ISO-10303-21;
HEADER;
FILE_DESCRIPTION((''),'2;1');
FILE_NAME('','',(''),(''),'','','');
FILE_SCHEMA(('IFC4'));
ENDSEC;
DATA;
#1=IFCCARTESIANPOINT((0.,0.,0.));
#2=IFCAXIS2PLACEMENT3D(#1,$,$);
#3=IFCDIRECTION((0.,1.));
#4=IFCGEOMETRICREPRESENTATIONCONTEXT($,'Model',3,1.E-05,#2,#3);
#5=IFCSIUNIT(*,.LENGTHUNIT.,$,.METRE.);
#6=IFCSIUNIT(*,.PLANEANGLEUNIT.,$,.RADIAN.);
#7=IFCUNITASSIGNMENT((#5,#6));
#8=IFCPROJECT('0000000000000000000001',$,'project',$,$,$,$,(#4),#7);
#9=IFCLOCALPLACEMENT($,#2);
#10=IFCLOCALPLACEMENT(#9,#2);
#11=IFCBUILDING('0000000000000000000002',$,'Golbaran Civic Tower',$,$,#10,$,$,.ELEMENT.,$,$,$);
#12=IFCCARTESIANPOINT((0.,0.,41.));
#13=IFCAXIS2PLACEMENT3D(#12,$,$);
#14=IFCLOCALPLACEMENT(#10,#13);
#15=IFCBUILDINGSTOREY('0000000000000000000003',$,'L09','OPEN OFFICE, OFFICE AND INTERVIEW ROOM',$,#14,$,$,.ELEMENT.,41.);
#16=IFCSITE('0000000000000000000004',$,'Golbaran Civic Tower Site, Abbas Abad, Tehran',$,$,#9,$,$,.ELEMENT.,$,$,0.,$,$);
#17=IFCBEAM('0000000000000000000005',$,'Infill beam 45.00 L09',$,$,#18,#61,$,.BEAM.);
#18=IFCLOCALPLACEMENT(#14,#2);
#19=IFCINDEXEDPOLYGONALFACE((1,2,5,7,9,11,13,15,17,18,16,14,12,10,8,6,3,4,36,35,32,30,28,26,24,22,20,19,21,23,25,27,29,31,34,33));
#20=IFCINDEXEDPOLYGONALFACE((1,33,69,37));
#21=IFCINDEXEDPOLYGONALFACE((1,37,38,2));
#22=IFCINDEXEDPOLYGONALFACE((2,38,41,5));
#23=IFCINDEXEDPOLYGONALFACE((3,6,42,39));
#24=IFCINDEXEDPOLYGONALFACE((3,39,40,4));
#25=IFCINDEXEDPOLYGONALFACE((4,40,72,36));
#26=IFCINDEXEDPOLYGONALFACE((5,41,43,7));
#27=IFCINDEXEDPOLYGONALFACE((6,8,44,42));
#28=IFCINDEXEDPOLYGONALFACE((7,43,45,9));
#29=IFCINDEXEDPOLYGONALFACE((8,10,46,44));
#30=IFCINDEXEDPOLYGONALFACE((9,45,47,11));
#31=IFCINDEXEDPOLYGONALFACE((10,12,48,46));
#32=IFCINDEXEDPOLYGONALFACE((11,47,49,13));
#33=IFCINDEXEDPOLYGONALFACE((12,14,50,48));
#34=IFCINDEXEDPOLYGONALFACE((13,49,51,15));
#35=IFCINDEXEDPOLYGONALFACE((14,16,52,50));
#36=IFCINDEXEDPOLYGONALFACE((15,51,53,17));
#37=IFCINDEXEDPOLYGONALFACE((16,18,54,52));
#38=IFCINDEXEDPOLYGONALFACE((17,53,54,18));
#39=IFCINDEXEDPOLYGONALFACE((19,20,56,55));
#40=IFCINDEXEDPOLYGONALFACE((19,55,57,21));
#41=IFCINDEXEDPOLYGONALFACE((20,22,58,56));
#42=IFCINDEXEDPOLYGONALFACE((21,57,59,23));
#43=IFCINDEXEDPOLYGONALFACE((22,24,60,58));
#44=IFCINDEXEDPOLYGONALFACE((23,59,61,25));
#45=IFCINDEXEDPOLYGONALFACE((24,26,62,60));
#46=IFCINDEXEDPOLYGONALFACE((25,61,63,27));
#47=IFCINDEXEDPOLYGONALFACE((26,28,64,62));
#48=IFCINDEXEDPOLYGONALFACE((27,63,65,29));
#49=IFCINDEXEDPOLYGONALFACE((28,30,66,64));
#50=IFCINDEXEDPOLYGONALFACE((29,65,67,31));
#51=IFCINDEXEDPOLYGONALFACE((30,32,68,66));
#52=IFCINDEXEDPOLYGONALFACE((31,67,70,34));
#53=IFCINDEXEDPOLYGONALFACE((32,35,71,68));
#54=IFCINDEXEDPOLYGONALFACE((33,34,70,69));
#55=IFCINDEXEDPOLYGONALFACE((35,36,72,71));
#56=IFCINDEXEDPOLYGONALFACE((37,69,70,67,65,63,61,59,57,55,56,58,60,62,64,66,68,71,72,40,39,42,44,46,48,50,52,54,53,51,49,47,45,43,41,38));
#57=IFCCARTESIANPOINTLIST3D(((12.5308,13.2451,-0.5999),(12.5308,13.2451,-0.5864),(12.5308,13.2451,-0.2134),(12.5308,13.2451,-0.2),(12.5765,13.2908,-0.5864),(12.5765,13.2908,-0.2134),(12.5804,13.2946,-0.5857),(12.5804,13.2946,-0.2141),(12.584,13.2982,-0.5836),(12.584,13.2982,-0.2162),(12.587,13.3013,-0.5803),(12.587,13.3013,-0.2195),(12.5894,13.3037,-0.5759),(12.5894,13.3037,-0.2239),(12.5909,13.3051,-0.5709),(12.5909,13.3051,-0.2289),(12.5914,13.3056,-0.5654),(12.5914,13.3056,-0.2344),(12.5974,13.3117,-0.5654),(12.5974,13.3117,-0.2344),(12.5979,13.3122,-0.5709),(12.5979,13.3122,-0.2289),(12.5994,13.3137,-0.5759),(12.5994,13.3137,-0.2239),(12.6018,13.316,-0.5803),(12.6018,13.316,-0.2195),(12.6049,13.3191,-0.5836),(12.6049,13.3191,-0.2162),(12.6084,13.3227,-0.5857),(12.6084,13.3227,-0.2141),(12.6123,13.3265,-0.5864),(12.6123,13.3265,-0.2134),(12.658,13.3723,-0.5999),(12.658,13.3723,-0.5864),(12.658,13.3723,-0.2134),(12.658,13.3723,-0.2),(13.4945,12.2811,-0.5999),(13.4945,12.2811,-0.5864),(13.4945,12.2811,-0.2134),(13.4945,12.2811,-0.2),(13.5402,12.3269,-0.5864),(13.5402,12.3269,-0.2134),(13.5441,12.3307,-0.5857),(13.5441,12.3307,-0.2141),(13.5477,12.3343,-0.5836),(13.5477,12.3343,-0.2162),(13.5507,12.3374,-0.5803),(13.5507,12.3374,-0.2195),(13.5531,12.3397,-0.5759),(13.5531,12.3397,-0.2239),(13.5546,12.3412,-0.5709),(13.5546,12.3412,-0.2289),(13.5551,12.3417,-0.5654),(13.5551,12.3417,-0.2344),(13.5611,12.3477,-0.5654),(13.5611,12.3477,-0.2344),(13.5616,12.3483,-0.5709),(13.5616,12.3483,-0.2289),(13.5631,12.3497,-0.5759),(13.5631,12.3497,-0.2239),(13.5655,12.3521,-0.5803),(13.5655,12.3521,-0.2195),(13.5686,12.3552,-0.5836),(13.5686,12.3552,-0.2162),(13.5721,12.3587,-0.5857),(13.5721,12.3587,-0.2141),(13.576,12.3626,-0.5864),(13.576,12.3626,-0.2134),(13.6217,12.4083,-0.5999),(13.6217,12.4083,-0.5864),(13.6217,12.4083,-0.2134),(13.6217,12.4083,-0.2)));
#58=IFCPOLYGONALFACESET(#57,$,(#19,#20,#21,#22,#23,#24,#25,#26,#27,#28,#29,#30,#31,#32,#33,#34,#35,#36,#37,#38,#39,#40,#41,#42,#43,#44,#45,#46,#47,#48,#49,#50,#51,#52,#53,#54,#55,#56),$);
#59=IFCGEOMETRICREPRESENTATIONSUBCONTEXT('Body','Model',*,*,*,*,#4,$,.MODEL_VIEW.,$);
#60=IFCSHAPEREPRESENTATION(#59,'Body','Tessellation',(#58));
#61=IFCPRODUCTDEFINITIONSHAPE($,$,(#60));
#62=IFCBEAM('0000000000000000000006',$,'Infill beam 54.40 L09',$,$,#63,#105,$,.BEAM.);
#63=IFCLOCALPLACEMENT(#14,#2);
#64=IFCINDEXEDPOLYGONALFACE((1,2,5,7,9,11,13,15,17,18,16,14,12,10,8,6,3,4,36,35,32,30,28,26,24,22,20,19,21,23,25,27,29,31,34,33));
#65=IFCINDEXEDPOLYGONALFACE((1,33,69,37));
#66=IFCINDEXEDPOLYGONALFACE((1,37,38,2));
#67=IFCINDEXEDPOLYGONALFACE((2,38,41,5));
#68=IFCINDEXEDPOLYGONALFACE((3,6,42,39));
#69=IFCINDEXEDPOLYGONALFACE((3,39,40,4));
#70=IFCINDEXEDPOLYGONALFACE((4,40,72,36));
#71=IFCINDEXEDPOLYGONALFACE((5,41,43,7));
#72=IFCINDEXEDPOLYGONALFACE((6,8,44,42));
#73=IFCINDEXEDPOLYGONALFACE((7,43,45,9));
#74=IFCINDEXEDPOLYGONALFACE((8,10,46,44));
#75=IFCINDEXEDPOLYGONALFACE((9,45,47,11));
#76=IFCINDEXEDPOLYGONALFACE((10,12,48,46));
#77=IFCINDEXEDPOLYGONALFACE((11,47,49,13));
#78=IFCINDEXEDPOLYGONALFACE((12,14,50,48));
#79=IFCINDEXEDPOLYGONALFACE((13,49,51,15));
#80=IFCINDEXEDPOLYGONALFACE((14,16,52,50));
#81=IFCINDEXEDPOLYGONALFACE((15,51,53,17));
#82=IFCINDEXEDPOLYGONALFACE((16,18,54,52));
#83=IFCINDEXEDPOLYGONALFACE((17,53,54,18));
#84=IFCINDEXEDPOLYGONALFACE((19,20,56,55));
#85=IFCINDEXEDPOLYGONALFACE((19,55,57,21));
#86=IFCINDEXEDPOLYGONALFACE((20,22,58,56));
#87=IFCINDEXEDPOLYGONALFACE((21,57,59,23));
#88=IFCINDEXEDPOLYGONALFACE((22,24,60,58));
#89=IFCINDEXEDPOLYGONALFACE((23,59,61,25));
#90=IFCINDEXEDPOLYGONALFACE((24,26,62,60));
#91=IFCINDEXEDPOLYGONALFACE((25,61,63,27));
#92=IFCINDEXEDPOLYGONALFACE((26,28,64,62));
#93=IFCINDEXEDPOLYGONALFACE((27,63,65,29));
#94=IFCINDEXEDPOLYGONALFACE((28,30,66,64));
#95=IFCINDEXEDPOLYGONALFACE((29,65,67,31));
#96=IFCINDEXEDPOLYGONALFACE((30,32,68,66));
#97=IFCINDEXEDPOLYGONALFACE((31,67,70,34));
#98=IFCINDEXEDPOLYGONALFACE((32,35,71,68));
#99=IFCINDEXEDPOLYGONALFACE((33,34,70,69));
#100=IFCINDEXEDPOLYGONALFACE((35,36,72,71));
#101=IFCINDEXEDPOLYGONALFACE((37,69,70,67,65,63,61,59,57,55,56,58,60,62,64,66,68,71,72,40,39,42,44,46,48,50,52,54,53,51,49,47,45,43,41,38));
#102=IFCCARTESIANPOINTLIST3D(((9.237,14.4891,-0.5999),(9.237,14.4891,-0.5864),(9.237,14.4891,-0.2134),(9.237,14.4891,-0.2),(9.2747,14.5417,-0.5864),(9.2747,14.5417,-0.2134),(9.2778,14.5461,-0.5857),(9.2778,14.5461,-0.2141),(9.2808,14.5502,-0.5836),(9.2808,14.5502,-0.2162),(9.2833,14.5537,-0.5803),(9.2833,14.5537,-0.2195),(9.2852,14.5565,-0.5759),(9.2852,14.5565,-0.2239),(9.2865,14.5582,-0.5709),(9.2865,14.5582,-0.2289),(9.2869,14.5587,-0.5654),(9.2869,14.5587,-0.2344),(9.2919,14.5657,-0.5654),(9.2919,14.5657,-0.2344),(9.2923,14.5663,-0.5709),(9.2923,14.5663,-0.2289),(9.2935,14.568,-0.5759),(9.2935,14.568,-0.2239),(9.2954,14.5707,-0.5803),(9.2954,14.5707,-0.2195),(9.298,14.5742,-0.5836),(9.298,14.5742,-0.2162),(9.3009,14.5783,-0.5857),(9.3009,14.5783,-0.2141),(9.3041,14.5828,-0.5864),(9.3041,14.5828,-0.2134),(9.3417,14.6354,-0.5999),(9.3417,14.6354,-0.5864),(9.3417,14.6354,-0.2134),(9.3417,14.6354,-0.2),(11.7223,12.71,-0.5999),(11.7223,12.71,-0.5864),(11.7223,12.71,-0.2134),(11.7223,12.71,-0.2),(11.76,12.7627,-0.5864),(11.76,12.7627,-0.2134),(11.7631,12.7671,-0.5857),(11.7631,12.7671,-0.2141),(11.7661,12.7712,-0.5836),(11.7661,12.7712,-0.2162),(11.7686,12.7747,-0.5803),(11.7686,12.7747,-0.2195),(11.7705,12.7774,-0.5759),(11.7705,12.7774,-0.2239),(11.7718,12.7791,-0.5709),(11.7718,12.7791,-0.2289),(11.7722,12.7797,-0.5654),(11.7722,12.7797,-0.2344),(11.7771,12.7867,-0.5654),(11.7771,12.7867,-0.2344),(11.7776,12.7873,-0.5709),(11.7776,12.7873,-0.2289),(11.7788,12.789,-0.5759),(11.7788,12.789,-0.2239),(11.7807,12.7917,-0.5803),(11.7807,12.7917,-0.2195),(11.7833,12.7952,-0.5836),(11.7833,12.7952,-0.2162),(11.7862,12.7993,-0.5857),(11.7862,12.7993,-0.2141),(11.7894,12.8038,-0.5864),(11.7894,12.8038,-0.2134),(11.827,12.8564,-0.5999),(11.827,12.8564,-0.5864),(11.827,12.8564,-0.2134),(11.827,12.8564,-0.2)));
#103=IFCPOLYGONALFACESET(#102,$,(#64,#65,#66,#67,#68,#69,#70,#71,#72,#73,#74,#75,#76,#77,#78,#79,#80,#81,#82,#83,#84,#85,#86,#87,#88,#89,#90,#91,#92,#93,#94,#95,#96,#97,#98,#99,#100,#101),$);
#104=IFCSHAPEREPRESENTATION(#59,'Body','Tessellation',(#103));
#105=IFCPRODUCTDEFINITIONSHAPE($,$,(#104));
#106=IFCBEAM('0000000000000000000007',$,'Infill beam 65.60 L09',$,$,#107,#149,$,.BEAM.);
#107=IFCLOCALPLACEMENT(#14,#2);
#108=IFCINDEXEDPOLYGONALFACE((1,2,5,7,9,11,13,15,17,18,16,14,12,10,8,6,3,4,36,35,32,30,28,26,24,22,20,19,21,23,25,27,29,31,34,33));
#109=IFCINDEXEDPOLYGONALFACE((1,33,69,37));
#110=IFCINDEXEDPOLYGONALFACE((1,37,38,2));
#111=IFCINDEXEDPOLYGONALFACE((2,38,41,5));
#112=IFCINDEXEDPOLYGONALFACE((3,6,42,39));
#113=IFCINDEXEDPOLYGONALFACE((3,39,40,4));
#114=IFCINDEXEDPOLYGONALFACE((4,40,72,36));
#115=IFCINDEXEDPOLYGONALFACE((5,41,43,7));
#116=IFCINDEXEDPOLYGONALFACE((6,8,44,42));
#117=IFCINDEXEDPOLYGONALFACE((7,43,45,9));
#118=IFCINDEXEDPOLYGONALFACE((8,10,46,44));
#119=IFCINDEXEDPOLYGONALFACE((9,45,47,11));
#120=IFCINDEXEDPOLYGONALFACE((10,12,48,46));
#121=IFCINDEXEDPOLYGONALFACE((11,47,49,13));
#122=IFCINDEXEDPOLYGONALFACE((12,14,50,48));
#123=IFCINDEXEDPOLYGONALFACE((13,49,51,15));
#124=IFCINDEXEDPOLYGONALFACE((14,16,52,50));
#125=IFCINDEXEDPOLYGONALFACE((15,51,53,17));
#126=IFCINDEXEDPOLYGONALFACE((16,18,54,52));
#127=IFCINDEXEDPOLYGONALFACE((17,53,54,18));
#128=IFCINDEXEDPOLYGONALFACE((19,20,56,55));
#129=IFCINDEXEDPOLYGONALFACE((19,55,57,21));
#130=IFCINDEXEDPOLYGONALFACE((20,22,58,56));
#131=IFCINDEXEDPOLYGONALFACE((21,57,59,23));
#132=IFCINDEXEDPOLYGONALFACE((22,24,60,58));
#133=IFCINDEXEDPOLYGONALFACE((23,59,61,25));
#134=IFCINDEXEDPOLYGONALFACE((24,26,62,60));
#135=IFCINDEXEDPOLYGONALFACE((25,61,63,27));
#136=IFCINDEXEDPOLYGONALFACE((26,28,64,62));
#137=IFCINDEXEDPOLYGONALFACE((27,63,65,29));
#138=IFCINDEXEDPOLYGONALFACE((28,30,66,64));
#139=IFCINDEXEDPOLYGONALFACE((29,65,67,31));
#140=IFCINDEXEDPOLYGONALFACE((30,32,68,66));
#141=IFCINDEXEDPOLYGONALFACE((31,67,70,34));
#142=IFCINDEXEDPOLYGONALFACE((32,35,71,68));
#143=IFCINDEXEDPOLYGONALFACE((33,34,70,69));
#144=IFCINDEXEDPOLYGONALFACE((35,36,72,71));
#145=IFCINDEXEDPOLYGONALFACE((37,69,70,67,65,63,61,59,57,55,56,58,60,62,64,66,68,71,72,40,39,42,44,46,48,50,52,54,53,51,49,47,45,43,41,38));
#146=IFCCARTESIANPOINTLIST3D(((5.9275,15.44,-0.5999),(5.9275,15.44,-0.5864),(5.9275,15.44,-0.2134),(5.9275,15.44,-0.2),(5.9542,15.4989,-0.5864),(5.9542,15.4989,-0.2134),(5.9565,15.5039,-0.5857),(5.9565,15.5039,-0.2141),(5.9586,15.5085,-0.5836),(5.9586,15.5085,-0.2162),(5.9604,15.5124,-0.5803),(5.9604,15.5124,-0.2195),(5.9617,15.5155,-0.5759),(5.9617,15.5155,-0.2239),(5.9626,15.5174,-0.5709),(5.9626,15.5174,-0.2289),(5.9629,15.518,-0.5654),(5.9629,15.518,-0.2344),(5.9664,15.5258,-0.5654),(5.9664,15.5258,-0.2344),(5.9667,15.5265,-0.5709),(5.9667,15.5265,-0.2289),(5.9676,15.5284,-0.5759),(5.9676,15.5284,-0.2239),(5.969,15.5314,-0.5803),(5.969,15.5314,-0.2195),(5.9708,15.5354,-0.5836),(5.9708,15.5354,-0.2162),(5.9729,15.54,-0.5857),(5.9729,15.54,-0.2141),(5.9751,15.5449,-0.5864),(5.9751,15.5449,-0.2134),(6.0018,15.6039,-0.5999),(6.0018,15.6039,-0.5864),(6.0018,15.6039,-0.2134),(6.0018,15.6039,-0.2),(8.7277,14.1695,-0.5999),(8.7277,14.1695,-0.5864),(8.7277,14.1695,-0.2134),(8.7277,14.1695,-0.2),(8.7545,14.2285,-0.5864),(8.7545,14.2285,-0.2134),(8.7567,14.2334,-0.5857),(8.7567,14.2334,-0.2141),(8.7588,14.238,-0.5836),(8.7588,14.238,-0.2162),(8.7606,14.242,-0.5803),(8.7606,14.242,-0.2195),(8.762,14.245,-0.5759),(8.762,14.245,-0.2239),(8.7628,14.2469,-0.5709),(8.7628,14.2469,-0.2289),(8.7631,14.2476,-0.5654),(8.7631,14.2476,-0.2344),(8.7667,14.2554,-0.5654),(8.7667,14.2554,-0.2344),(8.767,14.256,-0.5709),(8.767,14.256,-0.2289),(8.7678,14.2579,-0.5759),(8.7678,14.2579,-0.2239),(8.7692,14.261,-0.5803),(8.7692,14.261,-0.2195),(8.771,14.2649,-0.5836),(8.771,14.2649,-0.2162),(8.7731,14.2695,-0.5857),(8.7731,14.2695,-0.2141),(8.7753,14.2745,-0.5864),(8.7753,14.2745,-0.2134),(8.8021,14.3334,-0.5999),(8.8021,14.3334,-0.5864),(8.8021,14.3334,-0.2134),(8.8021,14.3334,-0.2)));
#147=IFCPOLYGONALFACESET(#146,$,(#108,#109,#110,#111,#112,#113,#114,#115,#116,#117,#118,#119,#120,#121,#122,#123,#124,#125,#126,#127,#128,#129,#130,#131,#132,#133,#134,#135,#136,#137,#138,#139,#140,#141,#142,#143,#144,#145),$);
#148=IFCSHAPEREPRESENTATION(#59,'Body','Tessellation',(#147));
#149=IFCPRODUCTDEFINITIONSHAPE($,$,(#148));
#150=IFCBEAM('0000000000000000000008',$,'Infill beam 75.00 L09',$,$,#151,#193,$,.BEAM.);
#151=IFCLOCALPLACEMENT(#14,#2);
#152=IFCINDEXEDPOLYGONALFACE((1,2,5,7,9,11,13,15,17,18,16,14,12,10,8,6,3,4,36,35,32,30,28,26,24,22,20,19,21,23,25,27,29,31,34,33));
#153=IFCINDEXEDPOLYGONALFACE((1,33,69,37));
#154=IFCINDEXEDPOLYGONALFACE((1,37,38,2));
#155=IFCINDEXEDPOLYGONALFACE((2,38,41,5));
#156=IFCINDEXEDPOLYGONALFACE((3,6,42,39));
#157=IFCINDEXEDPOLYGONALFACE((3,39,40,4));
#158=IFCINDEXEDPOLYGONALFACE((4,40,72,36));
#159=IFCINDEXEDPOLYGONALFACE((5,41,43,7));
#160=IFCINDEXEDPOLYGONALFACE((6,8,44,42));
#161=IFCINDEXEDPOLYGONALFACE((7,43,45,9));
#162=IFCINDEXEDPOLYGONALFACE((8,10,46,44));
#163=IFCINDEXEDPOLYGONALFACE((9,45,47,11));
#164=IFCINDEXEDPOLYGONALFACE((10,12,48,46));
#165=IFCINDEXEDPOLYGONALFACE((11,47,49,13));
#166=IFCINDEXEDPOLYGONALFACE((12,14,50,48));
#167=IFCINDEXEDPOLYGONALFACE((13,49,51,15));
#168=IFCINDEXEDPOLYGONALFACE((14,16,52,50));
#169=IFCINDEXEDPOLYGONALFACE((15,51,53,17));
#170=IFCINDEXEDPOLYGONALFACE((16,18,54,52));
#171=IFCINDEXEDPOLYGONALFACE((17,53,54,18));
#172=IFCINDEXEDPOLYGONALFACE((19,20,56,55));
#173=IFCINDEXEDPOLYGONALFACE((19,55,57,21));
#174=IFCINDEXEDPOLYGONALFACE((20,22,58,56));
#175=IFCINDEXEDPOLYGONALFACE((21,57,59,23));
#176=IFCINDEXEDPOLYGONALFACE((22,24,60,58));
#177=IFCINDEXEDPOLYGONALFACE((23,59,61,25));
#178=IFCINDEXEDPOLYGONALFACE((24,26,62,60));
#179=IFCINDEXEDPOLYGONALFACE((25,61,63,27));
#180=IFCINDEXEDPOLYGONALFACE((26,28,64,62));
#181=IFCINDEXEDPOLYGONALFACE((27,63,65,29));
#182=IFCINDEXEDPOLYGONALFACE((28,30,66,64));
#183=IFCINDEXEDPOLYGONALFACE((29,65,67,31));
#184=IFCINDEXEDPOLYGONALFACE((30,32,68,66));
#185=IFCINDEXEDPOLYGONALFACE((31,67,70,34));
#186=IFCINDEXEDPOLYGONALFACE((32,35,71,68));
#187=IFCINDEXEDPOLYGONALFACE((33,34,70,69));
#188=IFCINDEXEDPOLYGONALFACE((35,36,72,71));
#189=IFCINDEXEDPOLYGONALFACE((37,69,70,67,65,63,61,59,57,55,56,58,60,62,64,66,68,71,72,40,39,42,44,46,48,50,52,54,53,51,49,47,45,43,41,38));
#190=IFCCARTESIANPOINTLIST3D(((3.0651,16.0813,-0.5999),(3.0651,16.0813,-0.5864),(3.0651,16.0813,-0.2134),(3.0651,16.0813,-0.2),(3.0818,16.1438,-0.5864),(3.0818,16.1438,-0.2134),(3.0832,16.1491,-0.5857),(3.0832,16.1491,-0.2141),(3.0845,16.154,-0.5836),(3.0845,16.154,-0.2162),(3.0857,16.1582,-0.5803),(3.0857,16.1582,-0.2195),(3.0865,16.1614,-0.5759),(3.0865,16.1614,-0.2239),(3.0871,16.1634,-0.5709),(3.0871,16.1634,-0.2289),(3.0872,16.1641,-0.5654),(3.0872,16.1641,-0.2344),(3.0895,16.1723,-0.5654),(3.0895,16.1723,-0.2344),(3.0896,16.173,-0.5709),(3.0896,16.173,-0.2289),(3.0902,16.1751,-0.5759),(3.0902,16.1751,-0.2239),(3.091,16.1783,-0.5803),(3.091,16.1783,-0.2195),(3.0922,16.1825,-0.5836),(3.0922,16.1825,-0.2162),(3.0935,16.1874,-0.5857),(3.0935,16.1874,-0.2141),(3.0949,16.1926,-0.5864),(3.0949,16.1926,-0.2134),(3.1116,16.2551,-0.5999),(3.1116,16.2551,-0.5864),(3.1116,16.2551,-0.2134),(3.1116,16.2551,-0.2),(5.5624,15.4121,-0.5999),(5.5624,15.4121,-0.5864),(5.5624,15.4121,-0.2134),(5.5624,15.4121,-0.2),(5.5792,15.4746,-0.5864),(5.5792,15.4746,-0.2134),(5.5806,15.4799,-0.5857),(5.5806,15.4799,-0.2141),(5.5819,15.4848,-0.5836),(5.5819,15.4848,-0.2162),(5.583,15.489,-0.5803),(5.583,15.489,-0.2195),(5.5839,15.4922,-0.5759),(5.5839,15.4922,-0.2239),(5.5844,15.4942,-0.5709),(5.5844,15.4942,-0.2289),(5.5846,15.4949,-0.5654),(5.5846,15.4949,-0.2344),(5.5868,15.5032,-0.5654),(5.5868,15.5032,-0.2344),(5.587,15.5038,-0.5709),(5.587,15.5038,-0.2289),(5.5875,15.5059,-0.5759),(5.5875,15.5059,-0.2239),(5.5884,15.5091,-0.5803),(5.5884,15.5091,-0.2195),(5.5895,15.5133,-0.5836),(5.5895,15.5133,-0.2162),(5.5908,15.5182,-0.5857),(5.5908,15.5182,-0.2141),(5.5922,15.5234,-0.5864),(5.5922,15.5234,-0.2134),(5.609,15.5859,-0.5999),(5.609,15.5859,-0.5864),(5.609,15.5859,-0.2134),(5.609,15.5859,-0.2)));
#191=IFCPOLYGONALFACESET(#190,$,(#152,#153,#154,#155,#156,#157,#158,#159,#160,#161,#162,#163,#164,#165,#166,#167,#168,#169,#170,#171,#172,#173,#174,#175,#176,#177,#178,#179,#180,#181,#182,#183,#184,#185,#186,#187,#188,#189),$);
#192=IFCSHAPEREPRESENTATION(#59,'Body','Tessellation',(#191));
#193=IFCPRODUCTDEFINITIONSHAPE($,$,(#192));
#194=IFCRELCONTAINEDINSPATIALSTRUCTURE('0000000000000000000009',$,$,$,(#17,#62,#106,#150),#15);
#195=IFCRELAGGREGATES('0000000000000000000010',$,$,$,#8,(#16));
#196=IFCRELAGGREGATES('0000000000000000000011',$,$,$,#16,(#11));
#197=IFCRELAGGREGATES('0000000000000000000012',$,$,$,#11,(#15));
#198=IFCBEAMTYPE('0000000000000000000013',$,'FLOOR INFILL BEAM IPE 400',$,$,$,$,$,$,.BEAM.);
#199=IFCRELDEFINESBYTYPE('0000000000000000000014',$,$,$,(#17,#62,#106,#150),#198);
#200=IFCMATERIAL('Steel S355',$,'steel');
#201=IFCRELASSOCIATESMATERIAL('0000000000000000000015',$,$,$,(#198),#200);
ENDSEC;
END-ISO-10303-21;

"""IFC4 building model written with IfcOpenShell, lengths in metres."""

from ifc_helpers import new_model, si_unit, direction, frame, origin, origin_2d, place, context, subcontext, project, spatial, i_section, extrude, material, material_profile, profile_set, type_object, element, save


model = new_model("IFC4")

# Units and contexts
model_context = context("Model", 3, precision=1e-05, world=origin(), true_north=direction((0.0, 1.0)))
body_context = subcontext(model_context, "Body", "Model", "MODEL_VIEW")
ifc_project = project(units=[si_unit("LENGTHUNIT", "METRE"), si_unit("PLANEANGLEUNIT", "RADIAN")], contexts=[model_context])

# Site, building, storey
site_placement = place(None, origin())
site = spatial("IfcSite", under=ifc_project, at=site_placement, Name="Golbaran Civic Tower Site, Abbas Abad, Tehran", CompositionType="ELEMENT", RefElevation=0.0)
building_placement = place(site_placement, origin())
building = spatial("IfcBuilding", under=site, at=building_placement, Name="Golbaran Civic Tower", CompositionType="ELEMENT")
storey_placement = place(building_placement, frame((0.0, 0.0, 41.0)))
storey = spatial("IfcBuildingStorey", under=building, at=storey_placement, Name="L09", Description="OPEN OFFICE, OFFICE AND INTERVIEW ROOM", CompositionType="ELEMENT", Elevation=41.0)

# Beams
ifc_material_1 = material(Name="Steel S355", Category="steel")
ifc_material_profile_1 = material_profile(ifc_material_1, i_section(OverallWidth=0.1799, OverallDepth=0.3999, WebThickness=0.0085, FlangeThickness=0.0134, FilletRadius=0.021, at=origin_2d()), Name="IPE 400")
ifc_profile_set_1 = profile_set([ifc_material_profile_1], Name="Steel S355")
beam_type_1 = type_object("IfcBeamType", Name="FLOOR INFILL BEAM IPE 400", PredefinedType="BEAM", material=ifc_profile_set_1)
beam_1_placement = place(storey_placement, frame((13.5581, 12.3447, -0.3999), z_axis=(-0.707017, 0.707196, 0.0), x_axis=(-0.707196, -0.707017, 0.0)))
element("IfcBeam", 1, at=beam_1_placement, inside=storey, type_object=beam_type_1, Name="Infill beam 45.00 L09", PredefinedType="BEAM", context=body_context, shape_type="SweptSolid", body=[
    extrude(i_section(OverallWidth=0.1799, OverallDepth=0.3999, WebThickness=0.0085, FlangeThickness=0.0134, FilletRadius=0.021, at=origin_2d()), origin(), (0.0, 0.0, 1.0), 1.363),
])
beam_2_placement = place(storey_placement, frame((11.7747, 12.7832, -0.3999), z_axis=(-0.813145, 0.582061, 0.0), x_axis=(-0.582061, -0.813145, 0.0)))
element("IfcBeam", 2, at=beam_2_placement, inside=storey, type_object=beam_type_1, Name="Infill beam 54.40 L09", PredefinedType="BEAM", context=body_context, shape_type="SweptSolid", body=[
    extrude(i_section(OverallWidth=0.1799, OverallDepth=0.3999, WebThickness=0.0085, FlangeThickness=0.0134, FilletRadius=0.021, at=origin_2d()), origin(), (0.0, 0.0, 1.0), 3.0564),
])
beam_3_placement = place(storey_placement, frame((8.7649, 14.2515, -0.3999), z_axis=(-0.910654, 0.413169, 0.0), x_axis=(-0.413169, -0.910654, 0.0)))
element("IfcBeam", 3, at=beam_3_placement, inside=storey, type_object=beam_type_1, Name="Infill beam 65.60 L09", PredefinedType="BEAM", context=body_context, shape_type="SweptSolid", body=[
    extrude(i_section(OverallWidth=0.1799, OverallDepth=0.3999, WebThickness=0.0085, FlangeThickness=0.0134, FilletRadius=0.021, at=origin_2d()), origin(), (0.0, 0.0, 1.0), 3.075),
])
beam_4_placement = place(storey_placement, frame((5.5857, 15.499, -0.3999), z_axis=(-0.965922, 0.258832, 0.0), x_axis=(-0.258832, -0.965922, 0.0)))
element("IfcBeam", 4, at=beam_4_placement, inside=storey, type_object=beam_type_1, Name="Infill beam 75.00 L09", PredefinedType="BEAM", context=body_context, shape_type="SweptSolid", body=[
    extrude(i_section(OverallWidth=0.1799, OverallDepth=0.3999, WebThickness=0.0085, FlangeThickness=0.0134, FilletRadius=0.021, at=origin_2d()), origin(), (0.0, 0.0, 1.0), 2.5854),
])

save(model, "model.ifc")
